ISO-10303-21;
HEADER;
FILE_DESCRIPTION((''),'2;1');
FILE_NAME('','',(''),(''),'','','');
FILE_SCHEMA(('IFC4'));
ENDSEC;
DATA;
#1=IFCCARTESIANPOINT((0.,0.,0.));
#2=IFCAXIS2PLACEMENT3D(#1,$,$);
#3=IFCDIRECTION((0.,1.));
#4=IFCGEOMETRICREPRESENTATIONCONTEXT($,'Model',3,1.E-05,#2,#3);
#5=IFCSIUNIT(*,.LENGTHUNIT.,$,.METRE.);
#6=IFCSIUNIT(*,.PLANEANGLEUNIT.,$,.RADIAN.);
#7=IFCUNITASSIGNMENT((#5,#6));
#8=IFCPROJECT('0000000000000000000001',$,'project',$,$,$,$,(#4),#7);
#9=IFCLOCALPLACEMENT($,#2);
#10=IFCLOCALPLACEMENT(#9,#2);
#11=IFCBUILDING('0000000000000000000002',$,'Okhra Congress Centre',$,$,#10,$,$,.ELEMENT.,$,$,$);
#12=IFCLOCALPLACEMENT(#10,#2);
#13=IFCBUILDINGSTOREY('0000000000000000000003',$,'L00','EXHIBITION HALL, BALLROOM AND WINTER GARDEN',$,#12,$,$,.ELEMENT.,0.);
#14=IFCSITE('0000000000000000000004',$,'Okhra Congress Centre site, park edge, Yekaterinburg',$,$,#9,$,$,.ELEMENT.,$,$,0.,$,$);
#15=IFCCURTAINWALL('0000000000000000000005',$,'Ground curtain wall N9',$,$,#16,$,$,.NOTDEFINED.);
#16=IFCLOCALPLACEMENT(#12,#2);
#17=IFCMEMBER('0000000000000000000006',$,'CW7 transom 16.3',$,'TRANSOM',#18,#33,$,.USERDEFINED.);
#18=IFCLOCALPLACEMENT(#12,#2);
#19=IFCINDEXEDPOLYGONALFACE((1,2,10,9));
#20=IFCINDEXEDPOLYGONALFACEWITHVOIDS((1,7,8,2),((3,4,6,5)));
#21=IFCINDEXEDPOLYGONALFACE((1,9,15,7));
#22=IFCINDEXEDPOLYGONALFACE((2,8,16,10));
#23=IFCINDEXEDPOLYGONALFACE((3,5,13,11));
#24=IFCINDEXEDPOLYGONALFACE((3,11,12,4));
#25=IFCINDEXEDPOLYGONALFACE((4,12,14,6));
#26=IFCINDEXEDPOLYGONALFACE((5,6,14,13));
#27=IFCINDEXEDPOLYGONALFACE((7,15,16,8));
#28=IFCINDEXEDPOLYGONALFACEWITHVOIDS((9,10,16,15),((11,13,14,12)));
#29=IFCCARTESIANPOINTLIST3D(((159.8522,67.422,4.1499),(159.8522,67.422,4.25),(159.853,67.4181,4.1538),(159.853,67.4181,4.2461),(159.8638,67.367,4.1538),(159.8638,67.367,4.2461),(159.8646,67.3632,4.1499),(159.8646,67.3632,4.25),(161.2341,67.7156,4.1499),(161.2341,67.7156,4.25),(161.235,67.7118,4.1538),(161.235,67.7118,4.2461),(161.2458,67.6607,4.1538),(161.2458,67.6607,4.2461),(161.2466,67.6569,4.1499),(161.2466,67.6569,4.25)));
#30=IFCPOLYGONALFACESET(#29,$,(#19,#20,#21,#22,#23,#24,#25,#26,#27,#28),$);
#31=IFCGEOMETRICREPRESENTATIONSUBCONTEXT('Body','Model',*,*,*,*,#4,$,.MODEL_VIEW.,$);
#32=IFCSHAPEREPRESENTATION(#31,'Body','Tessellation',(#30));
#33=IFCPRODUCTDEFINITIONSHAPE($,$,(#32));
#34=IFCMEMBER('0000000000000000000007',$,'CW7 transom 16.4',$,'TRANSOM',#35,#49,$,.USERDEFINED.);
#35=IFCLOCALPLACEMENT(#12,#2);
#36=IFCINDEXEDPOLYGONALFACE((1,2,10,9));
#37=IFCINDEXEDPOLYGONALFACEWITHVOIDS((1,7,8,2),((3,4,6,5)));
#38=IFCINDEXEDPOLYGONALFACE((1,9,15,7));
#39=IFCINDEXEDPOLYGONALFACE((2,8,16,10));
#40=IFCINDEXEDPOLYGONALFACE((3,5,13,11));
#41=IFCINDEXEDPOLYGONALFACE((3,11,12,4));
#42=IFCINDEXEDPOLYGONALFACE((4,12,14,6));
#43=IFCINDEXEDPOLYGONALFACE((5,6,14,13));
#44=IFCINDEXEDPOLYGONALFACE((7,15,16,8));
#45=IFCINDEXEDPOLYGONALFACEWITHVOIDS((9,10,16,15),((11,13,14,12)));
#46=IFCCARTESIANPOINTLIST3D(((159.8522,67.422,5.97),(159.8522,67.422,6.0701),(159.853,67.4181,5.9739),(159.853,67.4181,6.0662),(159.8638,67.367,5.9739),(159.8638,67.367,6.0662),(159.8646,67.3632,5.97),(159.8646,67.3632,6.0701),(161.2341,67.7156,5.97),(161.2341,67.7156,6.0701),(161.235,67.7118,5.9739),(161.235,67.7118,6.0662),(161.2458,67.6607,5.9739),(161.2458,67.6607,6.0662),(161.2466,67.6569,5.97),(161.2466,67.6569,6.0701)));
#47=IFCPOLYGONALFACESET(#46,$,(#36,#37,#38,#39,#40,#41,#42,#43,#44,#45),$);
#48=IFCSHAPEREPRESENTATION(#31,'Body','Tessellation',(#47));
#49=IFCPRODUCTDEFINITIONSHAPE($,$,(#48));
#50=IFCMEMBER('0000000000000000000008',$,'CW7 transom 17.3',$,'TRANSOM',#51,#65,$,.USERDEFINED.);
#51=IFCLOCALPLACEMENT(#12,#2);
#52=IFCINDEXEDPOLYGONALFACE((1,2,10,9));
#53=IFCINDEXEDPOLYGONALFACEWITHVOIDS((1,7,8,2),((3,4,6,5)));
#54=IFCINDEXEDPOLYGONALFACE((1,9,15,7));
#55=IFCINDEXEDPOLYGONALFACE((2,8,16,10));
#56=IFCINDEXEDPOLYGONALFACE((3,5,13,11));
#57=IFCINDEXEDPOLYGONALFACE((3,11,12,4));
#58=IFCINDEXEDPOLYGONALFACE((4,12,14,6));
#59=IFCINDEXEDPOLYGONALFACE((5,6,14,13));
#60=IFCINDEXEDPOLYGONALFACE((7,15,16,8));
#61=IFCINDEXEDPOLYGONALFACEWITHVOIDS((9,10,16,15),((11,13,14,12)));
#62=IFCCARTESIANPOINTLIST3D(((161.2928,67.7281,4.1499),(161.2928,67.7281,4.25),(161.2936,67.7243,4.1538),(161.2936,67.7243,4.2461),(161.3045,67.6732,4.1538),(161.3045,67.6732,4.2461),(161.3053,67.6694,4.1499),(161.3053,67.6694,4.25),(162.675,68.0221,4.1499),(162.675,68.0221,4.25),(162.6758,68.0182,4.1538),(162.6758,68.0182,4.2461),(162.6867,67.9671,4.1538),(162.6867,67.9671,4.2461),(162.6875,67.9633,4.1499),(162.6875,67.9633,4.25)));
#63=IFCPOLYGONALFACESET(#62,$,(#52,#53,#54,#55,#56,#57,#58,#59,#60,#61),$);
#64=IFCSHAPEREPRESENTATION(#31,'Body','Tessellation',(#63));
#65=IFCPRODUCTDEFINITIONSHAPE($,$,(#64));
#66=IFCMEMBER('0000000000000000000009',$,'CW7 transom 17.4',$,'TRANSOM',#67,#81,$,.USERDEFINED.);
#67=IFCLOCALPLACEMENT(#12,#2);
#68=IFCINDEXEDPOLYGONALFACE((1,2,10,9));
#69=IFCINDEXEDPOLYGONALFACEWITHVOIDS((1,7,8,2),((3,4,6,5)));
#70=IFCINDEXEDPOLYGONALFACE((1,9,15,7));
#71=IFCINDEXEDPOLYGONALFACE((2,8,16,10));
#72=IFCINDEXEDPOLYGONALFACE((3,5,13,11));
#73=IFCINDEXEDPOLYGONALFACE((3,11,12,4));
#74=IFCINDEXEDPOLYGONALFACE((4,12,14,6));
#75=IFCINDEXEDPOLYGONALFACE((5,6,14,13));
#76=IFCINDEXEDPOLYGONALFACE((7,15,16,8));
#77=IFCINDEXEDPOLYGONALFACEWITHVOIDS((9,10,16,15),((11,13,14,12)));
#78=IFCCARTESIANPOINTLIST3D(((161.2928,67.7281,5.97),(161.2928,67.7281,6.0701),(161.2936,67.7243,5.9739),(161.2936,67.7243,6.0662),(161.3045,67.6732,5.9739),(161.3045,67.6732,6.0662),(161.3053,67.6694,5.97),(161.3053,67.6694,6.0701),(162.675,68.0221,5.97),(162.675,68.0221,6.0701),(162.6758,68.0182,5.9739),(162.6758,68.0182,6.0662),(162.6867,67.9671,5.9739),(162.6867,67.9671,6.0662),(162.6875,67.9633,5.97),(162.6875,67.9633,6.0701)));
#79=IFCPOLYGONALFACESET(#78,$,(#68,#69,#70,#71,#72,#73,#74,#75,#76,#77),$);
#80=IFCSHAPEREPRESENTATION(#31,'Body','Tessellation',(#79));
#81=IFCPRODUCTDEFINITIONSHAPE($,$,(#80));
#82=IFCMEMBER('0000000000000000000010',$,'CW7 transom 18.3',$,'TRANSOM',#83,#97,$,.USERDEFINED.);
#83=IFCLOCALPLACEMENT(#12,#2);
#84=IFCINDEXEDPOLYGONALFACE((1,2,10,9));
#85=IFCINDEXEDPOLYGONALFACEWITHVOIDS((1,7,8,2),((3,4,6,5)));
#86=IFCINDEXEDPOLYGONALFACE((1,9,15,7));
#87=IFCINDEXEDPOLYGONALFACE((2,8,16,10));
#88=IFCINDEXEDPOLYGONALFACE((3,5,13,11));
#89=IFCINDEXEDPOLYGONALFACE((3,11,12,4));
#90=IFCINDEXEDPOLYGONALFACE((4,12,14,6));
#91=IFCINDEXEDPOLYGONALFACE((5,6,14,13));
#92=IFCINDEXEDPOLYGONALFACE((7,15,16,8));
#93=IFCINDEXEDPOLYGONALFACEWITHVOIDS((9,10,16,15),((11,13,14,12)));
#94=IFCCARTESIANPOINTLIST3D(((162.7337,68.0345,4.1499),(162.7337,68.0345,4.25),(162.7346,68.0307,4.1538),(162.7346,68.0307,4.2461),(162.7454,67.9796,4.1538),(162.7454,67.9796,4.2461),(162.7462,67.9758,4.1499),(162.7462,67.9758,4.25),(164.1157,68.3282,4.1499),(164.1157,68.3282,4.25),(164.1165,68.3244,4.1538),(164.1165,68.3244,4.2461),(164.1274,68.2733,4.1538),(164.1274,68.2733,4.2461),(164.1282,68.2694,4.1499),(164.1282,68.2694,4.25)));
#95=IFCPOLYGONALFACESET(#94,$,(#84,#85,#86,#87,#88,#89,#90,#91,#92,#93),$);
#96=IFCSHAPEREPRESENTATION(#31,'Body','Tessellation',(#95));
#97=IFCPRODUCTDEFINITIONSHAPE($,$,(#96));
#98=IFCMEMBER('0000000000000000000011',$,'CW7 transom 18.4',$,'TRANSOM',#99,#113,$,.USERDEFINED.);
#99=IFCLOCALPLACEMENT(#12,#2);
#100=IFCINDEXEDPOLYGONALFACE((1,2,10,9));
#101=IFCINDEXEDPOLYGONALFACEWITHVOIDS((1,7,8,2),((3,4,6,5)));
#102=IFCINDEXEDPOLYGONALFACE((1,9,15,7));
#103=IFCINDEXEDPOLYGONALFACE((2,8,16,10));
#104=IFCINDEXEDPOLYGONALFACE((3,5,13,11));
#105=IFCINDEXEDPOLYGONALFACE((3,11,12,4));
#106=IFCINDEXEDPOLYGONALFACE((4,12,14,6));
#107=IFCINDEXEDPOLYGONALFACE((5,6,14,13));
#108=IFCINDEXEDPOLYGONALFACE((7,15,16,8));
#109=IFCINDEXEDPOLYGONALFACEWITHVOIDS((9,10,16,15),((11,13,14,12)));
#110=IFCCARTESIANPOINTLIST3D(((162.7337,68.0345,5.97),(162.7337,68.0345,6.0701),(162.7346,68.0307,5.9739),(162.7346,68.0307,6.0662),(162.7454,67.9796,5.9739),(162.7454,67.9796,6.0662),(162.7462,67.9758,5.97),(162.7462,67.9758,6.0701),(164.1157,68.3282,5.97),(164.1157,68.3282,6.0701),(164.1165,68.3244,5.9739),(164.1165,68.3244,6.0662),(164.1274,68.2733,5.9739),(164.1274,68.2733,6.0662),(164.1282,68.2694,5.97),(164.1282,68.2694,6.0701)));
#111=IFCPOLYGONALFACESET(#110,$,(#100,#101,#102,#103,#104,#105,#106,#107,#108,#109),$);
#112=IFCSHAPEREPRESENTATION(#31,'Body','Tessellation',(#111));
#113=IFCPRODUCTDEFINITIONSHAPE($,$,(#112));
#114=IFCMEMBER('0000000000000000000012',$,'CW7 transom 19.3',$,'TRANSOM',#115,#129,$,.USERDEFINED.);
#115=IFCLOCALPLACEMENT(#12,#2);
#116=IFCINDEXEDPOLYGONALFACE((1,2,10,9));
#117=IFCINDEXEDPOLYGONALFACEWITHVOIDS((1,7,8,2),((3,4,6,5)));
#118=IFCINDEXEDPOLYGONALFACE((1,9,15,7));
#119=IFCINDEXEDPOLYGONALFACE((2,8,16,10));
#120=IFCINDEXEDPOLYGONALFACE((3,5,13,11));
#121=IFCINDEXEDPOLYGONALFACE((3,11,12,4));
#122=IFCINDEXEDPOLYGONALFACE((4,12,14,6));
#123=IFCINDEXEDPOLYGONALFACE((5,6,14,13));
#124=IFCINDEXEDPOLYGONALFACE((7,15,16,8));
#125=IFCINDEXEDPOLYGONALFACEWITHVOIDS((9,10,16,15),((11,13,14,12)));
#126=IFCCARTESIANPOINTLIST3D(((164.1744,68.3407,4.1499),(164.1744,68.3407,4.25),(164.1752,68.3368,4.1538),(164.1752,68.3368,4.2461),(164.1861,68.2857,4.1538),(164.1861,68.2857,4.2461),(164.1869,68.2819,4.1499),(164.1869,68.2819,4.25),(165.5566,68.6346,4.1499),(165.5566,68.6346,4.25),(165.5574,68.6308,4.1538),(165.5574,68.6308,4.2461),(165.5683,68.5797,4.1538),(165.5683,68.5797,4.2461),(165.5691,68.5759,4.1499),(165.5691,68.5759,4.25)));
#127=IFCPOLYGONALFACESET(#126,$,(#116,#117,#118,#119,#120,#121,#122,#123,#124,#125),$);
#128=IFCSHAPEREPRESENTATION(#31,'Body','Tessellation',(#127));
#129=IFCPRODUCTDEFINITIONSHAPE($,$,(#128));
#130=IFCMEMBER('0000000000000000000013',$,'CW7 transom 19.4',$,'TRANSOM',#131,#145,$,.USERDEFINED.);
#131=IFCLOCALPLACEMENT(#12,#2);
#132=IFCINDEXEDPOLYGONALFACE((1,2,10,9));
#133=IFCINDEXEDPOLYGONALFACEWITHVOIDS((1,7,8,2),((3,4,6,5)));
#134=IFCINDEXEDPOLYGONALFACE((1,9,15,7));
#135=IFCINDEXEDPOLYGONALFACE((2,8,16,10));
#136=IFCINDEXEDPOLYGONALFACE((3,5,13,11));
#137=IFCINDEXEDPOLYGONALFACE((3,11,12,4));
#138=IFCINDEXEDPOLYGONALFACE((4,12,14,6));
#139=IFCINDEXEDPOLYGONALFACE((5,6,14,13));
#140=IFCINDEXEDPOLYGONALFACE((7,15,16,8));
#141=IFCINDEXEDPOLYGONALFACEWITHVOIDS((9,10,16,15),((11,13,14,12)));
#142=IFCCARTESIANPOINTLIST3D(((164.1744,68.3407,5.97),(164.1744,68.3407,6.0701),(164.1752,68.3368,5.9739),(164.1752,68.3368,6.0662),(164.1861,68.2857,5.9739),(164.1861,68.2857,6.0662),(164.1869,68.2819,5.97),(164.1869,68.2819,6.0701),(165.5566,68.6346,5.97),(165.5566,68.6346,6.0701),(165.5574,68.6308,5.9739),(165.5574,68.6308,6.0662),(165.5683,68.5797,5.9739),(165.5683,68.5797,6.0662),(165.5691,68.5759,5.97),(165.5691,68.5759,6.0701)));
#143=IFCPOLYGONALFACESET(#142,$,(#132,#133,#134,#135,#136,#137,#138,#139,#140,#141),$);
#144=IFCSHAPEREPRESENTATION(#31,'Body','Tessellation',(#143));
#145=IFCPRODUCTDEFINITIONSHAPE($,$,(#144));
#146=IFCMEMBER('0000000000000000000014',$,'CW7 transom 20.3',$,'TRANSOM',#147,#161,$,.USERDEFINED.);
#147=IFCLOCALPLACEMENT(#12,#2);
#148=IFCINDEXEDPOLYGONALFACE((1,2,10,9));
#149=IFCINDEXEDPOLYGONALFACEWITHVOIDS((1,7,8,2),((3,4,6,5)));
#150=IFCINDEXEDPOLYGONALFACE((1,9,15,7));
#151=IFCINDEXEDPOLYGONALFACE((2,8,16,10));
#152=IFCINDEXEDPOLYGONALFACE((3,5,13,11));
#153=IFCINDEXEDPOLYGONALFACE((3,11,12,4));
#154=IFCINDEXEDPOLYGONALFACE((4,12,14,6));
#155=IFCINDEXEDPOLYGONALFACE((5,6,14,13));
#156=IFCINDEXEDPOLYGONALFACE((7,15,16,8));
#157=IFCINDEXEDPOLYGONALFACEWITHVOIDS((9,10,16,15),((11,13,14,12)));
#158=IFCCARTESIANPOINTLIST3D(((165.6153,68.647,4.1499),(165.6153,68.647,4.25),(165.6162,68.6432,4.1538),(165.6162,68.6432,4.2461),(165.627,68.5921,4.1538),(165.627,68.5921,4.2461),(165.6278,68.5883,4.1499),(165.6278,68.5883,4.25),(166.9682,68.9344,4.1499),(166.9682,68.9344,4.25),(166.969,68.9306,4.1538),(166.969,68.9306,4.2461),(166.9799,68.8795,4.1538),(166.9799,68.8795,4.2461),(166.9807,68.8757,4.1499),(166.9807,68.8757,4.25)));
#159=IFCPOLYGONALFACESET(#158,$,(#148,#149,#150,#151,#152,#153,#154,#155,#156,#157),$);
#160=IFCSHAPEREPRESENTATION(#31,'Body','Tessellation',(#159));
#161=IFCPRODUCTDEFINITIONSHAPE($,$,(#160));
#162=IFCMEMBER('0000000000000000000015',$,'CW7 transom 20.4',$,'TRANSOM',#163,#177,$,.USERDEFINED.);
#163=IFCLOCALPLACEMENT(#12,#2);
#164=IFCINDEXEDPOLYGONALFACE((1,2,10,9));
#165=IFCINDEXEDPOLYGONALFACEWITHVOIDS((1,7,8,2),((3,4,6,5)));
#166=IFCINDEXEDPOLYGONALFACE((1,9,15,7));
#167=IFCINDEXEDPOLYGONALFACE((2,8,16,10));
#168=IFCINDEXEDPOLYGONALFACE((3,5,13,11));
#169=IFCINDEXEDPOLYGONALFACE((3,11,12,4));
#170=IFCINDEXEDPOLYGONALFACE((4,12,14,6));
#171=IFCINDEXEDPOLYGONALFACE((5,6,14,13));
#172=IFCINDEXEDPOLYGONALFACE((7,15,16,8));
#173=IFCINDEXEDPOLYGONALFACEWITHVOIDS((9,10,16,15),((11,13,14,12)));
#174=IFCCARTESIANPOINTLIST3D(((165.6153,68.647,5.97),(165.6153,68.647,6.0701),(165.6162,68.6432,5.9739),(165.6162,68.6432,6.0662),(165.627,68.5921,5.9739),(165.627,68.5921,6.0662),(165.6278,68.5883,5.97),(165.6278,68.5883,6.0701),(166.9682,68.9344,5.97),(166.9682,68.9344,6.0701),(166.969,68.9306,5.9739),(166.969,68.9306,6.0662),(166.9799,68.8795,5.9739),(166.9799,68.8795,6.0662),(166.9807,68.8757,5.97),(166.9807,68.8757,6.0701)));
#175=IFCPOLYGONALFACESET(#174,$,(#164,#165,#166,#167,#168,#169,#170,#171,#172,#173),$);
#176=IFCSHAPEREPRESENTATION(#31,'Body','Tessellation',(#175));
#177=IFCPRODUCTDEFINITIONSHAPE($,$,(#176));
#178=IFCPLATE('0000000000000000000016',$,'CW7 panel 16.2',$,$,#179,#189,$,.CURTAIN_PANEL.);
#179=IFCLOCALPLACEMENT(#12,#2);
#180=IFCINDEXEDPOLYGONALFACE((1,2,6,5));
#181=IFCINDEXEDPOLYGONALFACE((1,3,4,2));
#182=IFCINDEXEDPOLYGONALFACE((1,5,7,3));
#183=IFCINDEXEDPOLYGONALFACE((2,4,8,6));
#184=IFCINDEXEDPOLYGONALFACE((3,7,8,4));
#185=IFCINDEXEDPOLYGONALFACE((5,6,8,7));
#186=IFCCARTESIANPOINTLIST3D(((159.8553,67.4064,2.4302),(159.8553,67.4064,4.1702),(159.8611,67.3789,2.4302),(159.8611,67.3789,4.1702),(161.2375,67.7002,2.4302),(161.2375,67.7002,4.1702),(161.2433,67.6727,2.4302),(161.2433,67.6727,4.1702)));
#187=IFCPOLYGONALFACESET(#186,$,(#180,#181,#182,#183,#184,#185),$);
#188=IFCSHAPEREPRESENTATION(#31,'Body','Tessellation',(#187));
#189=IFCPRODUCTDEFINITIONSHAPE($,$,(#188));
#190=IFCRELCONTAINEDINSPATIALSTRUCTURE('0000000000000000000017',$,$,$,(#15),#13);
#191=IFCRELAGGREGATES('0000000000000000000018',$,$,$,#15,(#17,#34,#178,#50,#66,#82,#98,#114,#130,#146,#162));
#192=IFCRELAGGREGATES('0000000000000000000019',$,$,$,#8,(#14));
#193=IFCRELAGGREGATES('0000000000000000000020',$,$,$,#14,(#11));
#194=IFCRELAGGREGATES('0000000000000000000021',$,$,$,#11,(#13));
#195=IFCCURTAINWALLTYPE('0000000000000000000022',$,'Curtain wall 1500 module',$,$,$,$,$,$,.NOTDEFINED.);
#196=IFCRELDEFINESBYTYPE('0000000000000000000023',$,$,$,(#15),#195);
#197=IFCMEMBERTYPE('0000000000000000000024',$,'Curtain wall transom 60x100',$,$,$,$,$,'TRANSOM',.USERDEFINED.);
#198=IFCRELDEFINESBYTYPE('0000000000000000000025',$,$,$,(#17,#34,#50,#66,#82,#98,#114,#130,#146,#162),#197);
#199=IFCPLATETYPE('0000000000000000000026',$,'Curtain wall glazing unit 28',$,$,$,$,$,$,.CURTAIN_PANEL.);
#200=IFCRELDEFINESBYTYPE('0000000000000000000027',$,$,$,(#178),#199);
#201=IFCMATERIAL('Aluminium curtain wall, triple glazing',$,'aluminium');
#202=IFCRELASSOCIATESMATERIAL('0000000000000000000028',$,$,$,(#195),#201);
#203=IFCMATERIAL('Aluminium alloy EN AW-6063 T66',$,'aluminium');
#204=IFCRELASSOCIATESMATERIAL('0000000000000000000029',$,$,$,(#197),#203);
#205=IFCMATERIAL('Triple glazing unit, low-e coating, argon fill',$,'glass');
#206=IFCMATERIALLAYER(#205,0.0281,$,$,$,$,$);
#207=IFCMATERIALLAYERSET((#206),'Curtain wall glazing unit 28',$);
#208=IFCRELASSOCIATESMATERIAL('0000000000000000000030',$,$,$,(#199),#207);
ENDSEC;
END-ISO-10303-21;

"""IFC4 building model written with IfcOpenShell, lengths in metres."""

from ifc_helpers import new_model, si_unit, direction, frame, origin, origin_2d, place, context, subcontext, project, spatial, rectangle, hollow_rectangle, extrude, material, layer, layer_set, material_profile, profile_set, type_object, element, aggregate, save


model = new_model("IFC4")

# Units and contexts
model_context = context("Model", 3, precision=1e-05, world=origin(), true_north=direction((0.0, 1.0)))
body_context = subcontext(model_context, "Body", "Model", "MODEL_VIEW")
ifc_project = project(units=[si_unit("LENGTHUNIT", "METRE"), si_unit("PLANEANGLEUNIT", "RADIAN")], contexts=[model_context])

# Site, building, storey
site_placement = place(None, origin())
site = spatial("IfcSite", under=ifc_project, at=site_placement, Name="Okhra Congress Centre site, park edge, Yekaterinburg", CompositionType="ELEMENT", RefElevation=0.0)
building_placement = place(site_placement, origin())
building = spatial("IfcBuilding", under=site, at=building_placement, Name="Okhra Congress Centre", CompositionType="ELEMENT")
storey_placement = place(building_placement, origin())
storey = spatial("IfcBuildingStorey", under=building, at=storey_placement, Name="L00", Description="EXHIBITION HALL, BALLROOM AND WINTER GARDEN", CompositionType="ELEMENT", Elevation=0.0)

# Curtain wall, members, plate
ifc_material_1 = material(Name="Aluminium curtain wall, triple glazing", Category="aluminium")
curtain_wall_type = type_object("IfcCurtainWallType", Name="Curtain wall 1500 module", PredefinedType="NOTDEFINED", material=ifc_material_1)
curtain_wall_placement = place(storey_placement, origin())
curtain_wall = element("IfcCurtainWall", 1, at=curtain_wall_placement, inside=storey, type_object=curtain_wall_type, Name="Ground curtain wall N9", PredefinedType="NOTDEFINED")
ifc_material_2 = material(Name="Aluminium alloy EN AW-6063 T66", Category="aluminium")
ifc_material_profile = material_profile(ifc_material_2, hollow_rectangle(XDim=0.0601, YDim=0.1001, WallThickness=0.0039, at=origin_2d()), Name="RHS 60x100x4")
ifc_profile_set = profile_set([ifc_material_profile], Name="Aluminium alloy EN AW-6063 T66")
member_type = type_object("IfcMemberType", Name="Curtain wall transom 60x100", ElementType="TRANSOM", PredefinedType="USERDEFINED", material=ifc_profile_set)
member_1_placement = place(storey_placement, frame((159.8584, 67.3926, 4.2), z_axis=(0.978158, 0.207865, 0.0), x_axis=(-0.207865, 0.978158, 0.0)))
member_1 = element("IfcMember", 2, at=member_1_placement, type_object=member_type, Name="CW7 transom 16.3", ObjectType="TRANSOM", PredefinedType="USERDEFINED", context=body_context, shape_type="SweptSolid", body=[
    extrude(hollow_rectangle(XDim=0.0601, YDim=0.1001, WallThickness=0.0039, at=origin_2d()), origin(), (0.0, 0.0, 1.0), 1.4128),
])
member_2_placement = place(storey_placement, frame((159.8584, 67.3926, 6.02), z_axis=(0.978158, 0.207865, 0.0), x_axis=(-0.207865, 0.978158, 0.0)))
member_2 = element("IfcMember", 3, at=member_2_placement, type_object=member_type, Name="CW7 transom 16.4", ObjectType="TRANSOM", PredefinedType="USERDEFINED", context=body_context, shape_type="SweptSolid", body=[
    extrude(hollow_rectangle(XDim=0.0601, YDim=0.1001, WallThickness=0.0039, at=origin_2d()), origin(), (0.0, 0.0, 1.0), 1.4128),
])
member_3_placement = place(storey_placement, frame((161.2991, 67.6987, 4.2), z_axis=(0.978122, 0.20803, 0.0), x_axis=(-0.20803, 0.978122, 0.0)))
member_3 = element("IfcMember", 4, at=member_3_placement, type_object=member_type, Name="CW7 transom 17.3", ObjectType="TRANSOM", PredefinedType="USERDEFINED", context=body_context, shape_type="SweptSolid", body=[
    extrude(hollow_rectangle(XDim=0.0601, YDim=0.1001, WallThickness=0.0039, at=origin_2d()), origin(), (0.0, 0.0, 1.0), 1.4131),
])
member_4_placement = place(storey_placement, frame((161.2991, 67.6987, 6.02), z_axis=(0.978122, 0.20803, 0.0), x_axis=(-0.20803, 0.978122, 0.0)))
member_4 = element("IfcMember", 5, at=member_4_placement, type_object=member_type, Name="CW7 transom 17.4", ObjectType="TRANSOM", PredefinedType="USERDEFINED", context=body_context, shape_type="SweptSolid", body=[
    extrude(hollow_rectangle(XDim=0.0601, YDim=0.1001, WallThickness=0.0039, at=origin_2d()), origin(), (0.0, 0.0, 1.0), 1.4131),
])
member_5_placement = place(storey_placement, frame((162.74, 68.0051, 4.2), z_axis=(0.978158, 0.207865, 0.0), x_axis=(-0.207865, 0.978158, 0.0)))
member_5 = element("IfcMember", 6, at=member_5_placement, type_object=member_type, Name="CW7 transom 18.3", ObjectType="TRANSOM", PredefinedType="USERDEFINED", context=body_context, shape_type="SweptSolid", body=[
    extrude(hollow_rectangle(XDim=0.0601, YDim=0.1001, WallThickness=0.0039, at=origin_2d()), origin(), (0.0, 0.0, 1.0), 1.4128),
])
member_6_placement = place(storey_placement, frame((162.74, 68.0051, 6.02), z_axis=(0.978158, 0.207865, 0.0), x_axis=(-0.207865, 0.978158, 0.0)))
member_6 = element("IfcMember", 7, at=member_6_placement, type_object=member_type, Name="CW7 transom 18.4", ObjectType="TRANSOM", PredefinedType="USERDEFINED", context=body_context, shape_type="SweptSolid", body=[
    extrude(hollow_rectangle(XDim=0.0601, YDim=0.1001, WallThickness=0.0039, at=origin_2d()), origin(), (0.0, 0.0, 1.0), 1.4128),
])
member_7_placement = place(storey_placement, frame((164.1807, 68.3113, 4.2), z_axis=(0.978122, 0.20803, 0.0), x_axis=(-0.20803, 0.978122, 0.0)))
member_7 = element("IfcMember", 8, at=member_7_placement, type_object=member_type, Name="CW7 transom 19.3", ObjectType="TRANSOM", PredefinedType="USERDEFINED", context=body_context, shape_type="SweptSolid", body=[
    extrude(hollow_rectangle(XDim=0.0601, YDim=0.1001, WallThickness=0.0039, at=origin_2d()), origin(), (0.0, 0.0, 1.0), 1.4131),
])
member_8_placement = place(storey_placement, frame((164.1807, 68.3113, 6.02), z_axis=(0.978122, 0.20803, 0.0), x_axis=(-0.20803, 0.978122, 0.0)))
member_8 = element("IfcMember", 9, at=member_8_placement, type_object=member_type, Name="CW7 transom 19.4", ObjectType="TRANSOM", PredefinedType="USERDEFINED", context=body_context, shape_type="SweptSolid", body=[
    extrude(hollow_rectangle(XDim=0.0601, YDim=0.1001, WallThickness=0.0039, at=origin_2d()), origin(), (0.0, 0.0, 1.0), 1.4131),
])
member_9_placement = place(storey_placement, frame((165.6216, 68.6177, 4.2), z_axis=(0.978175, 0.207781, 0.0), x_axis=(-0.207781, 0.978175, 0.0)))
member_9 = element("IfcMember", 10, at=member_9_placement, type_object=member_type, Name="CW7 transom 20.3", ObjectType="TRANSOM", PredefinedType="USERDEFINED", context=body_context, shape_type="SweptSolid", body=[
    extrude(hollow_rectangle(XDim=0.0601, YDim=0.1001, WallThickness=0.0039, at=origin_2d()), origin(), (0.0, 0.0, 1.0), 1.3831),
])
member_10_placement = place(storey_placement, frame((165.6216, 68.6177, 6.02), z_axis=(0.978175, 0.207781, 0.0), x_axis=(-0.207781, 0.978175, 0.0)))
member_10 = element("IfcMember", 11, at=member_10_placement, type_object=member_type, Name="CW7 transom 20.4", ObjectType="TRANSOM", PredefinedType="USERDEFINED", context=body_context, shape_type="SweptSolid", body=[
    extrude(hollow_rectangle(XDim=0.0601, YDim=0.1001, WallThickness=0.0039, at=origin_2d()), origin(), (0.0, 0.0, 1.0), 1.3831),
])
ifc_material_3 = material(Name="Triple glazing unit, low-e coating, argon fill", Category="glass")
ifc_layer_1 = layer(ifc_material_3, 0.0281)
ifc_layer_set_1 = layer_set([ifc_layer_1], Name="Curtain wall glazing unit 28")
plate_type = type_object("IfcPlateType", Name="Curtain wall glazing unit 28", PredefinedType="CURTAIN_PANEL", material=ifc_layer_set_1)
plate_1_placement = place(storey_placement, frame((160.5493, 67.5396, 2.4302), z_axis=(0.0, 0.0, 1.0), x_axis=(0.978148, 0.207912, 0.0)))
plate_1 = element("IfcPlate", 12, at=plate_1_placement, type_object=plate_type, Name="CW7 panel 16.2", PredefinedType="CURTAIN_PANEL", context=body_context, shape_type="SweptSolid", body=[
    extrude(rectangle(XDim=1.4131, YDim=0.0281, at=origin_2d()), origin(), (0.0, 0.0, 1.0), 1.74),
])
aggregate(curtain_wall, [member_1, member_2, plate_1, member_3, member_4, member_5, member_6, member_7, member_8, member_9, member_10])

save(model, "model.ifc")
